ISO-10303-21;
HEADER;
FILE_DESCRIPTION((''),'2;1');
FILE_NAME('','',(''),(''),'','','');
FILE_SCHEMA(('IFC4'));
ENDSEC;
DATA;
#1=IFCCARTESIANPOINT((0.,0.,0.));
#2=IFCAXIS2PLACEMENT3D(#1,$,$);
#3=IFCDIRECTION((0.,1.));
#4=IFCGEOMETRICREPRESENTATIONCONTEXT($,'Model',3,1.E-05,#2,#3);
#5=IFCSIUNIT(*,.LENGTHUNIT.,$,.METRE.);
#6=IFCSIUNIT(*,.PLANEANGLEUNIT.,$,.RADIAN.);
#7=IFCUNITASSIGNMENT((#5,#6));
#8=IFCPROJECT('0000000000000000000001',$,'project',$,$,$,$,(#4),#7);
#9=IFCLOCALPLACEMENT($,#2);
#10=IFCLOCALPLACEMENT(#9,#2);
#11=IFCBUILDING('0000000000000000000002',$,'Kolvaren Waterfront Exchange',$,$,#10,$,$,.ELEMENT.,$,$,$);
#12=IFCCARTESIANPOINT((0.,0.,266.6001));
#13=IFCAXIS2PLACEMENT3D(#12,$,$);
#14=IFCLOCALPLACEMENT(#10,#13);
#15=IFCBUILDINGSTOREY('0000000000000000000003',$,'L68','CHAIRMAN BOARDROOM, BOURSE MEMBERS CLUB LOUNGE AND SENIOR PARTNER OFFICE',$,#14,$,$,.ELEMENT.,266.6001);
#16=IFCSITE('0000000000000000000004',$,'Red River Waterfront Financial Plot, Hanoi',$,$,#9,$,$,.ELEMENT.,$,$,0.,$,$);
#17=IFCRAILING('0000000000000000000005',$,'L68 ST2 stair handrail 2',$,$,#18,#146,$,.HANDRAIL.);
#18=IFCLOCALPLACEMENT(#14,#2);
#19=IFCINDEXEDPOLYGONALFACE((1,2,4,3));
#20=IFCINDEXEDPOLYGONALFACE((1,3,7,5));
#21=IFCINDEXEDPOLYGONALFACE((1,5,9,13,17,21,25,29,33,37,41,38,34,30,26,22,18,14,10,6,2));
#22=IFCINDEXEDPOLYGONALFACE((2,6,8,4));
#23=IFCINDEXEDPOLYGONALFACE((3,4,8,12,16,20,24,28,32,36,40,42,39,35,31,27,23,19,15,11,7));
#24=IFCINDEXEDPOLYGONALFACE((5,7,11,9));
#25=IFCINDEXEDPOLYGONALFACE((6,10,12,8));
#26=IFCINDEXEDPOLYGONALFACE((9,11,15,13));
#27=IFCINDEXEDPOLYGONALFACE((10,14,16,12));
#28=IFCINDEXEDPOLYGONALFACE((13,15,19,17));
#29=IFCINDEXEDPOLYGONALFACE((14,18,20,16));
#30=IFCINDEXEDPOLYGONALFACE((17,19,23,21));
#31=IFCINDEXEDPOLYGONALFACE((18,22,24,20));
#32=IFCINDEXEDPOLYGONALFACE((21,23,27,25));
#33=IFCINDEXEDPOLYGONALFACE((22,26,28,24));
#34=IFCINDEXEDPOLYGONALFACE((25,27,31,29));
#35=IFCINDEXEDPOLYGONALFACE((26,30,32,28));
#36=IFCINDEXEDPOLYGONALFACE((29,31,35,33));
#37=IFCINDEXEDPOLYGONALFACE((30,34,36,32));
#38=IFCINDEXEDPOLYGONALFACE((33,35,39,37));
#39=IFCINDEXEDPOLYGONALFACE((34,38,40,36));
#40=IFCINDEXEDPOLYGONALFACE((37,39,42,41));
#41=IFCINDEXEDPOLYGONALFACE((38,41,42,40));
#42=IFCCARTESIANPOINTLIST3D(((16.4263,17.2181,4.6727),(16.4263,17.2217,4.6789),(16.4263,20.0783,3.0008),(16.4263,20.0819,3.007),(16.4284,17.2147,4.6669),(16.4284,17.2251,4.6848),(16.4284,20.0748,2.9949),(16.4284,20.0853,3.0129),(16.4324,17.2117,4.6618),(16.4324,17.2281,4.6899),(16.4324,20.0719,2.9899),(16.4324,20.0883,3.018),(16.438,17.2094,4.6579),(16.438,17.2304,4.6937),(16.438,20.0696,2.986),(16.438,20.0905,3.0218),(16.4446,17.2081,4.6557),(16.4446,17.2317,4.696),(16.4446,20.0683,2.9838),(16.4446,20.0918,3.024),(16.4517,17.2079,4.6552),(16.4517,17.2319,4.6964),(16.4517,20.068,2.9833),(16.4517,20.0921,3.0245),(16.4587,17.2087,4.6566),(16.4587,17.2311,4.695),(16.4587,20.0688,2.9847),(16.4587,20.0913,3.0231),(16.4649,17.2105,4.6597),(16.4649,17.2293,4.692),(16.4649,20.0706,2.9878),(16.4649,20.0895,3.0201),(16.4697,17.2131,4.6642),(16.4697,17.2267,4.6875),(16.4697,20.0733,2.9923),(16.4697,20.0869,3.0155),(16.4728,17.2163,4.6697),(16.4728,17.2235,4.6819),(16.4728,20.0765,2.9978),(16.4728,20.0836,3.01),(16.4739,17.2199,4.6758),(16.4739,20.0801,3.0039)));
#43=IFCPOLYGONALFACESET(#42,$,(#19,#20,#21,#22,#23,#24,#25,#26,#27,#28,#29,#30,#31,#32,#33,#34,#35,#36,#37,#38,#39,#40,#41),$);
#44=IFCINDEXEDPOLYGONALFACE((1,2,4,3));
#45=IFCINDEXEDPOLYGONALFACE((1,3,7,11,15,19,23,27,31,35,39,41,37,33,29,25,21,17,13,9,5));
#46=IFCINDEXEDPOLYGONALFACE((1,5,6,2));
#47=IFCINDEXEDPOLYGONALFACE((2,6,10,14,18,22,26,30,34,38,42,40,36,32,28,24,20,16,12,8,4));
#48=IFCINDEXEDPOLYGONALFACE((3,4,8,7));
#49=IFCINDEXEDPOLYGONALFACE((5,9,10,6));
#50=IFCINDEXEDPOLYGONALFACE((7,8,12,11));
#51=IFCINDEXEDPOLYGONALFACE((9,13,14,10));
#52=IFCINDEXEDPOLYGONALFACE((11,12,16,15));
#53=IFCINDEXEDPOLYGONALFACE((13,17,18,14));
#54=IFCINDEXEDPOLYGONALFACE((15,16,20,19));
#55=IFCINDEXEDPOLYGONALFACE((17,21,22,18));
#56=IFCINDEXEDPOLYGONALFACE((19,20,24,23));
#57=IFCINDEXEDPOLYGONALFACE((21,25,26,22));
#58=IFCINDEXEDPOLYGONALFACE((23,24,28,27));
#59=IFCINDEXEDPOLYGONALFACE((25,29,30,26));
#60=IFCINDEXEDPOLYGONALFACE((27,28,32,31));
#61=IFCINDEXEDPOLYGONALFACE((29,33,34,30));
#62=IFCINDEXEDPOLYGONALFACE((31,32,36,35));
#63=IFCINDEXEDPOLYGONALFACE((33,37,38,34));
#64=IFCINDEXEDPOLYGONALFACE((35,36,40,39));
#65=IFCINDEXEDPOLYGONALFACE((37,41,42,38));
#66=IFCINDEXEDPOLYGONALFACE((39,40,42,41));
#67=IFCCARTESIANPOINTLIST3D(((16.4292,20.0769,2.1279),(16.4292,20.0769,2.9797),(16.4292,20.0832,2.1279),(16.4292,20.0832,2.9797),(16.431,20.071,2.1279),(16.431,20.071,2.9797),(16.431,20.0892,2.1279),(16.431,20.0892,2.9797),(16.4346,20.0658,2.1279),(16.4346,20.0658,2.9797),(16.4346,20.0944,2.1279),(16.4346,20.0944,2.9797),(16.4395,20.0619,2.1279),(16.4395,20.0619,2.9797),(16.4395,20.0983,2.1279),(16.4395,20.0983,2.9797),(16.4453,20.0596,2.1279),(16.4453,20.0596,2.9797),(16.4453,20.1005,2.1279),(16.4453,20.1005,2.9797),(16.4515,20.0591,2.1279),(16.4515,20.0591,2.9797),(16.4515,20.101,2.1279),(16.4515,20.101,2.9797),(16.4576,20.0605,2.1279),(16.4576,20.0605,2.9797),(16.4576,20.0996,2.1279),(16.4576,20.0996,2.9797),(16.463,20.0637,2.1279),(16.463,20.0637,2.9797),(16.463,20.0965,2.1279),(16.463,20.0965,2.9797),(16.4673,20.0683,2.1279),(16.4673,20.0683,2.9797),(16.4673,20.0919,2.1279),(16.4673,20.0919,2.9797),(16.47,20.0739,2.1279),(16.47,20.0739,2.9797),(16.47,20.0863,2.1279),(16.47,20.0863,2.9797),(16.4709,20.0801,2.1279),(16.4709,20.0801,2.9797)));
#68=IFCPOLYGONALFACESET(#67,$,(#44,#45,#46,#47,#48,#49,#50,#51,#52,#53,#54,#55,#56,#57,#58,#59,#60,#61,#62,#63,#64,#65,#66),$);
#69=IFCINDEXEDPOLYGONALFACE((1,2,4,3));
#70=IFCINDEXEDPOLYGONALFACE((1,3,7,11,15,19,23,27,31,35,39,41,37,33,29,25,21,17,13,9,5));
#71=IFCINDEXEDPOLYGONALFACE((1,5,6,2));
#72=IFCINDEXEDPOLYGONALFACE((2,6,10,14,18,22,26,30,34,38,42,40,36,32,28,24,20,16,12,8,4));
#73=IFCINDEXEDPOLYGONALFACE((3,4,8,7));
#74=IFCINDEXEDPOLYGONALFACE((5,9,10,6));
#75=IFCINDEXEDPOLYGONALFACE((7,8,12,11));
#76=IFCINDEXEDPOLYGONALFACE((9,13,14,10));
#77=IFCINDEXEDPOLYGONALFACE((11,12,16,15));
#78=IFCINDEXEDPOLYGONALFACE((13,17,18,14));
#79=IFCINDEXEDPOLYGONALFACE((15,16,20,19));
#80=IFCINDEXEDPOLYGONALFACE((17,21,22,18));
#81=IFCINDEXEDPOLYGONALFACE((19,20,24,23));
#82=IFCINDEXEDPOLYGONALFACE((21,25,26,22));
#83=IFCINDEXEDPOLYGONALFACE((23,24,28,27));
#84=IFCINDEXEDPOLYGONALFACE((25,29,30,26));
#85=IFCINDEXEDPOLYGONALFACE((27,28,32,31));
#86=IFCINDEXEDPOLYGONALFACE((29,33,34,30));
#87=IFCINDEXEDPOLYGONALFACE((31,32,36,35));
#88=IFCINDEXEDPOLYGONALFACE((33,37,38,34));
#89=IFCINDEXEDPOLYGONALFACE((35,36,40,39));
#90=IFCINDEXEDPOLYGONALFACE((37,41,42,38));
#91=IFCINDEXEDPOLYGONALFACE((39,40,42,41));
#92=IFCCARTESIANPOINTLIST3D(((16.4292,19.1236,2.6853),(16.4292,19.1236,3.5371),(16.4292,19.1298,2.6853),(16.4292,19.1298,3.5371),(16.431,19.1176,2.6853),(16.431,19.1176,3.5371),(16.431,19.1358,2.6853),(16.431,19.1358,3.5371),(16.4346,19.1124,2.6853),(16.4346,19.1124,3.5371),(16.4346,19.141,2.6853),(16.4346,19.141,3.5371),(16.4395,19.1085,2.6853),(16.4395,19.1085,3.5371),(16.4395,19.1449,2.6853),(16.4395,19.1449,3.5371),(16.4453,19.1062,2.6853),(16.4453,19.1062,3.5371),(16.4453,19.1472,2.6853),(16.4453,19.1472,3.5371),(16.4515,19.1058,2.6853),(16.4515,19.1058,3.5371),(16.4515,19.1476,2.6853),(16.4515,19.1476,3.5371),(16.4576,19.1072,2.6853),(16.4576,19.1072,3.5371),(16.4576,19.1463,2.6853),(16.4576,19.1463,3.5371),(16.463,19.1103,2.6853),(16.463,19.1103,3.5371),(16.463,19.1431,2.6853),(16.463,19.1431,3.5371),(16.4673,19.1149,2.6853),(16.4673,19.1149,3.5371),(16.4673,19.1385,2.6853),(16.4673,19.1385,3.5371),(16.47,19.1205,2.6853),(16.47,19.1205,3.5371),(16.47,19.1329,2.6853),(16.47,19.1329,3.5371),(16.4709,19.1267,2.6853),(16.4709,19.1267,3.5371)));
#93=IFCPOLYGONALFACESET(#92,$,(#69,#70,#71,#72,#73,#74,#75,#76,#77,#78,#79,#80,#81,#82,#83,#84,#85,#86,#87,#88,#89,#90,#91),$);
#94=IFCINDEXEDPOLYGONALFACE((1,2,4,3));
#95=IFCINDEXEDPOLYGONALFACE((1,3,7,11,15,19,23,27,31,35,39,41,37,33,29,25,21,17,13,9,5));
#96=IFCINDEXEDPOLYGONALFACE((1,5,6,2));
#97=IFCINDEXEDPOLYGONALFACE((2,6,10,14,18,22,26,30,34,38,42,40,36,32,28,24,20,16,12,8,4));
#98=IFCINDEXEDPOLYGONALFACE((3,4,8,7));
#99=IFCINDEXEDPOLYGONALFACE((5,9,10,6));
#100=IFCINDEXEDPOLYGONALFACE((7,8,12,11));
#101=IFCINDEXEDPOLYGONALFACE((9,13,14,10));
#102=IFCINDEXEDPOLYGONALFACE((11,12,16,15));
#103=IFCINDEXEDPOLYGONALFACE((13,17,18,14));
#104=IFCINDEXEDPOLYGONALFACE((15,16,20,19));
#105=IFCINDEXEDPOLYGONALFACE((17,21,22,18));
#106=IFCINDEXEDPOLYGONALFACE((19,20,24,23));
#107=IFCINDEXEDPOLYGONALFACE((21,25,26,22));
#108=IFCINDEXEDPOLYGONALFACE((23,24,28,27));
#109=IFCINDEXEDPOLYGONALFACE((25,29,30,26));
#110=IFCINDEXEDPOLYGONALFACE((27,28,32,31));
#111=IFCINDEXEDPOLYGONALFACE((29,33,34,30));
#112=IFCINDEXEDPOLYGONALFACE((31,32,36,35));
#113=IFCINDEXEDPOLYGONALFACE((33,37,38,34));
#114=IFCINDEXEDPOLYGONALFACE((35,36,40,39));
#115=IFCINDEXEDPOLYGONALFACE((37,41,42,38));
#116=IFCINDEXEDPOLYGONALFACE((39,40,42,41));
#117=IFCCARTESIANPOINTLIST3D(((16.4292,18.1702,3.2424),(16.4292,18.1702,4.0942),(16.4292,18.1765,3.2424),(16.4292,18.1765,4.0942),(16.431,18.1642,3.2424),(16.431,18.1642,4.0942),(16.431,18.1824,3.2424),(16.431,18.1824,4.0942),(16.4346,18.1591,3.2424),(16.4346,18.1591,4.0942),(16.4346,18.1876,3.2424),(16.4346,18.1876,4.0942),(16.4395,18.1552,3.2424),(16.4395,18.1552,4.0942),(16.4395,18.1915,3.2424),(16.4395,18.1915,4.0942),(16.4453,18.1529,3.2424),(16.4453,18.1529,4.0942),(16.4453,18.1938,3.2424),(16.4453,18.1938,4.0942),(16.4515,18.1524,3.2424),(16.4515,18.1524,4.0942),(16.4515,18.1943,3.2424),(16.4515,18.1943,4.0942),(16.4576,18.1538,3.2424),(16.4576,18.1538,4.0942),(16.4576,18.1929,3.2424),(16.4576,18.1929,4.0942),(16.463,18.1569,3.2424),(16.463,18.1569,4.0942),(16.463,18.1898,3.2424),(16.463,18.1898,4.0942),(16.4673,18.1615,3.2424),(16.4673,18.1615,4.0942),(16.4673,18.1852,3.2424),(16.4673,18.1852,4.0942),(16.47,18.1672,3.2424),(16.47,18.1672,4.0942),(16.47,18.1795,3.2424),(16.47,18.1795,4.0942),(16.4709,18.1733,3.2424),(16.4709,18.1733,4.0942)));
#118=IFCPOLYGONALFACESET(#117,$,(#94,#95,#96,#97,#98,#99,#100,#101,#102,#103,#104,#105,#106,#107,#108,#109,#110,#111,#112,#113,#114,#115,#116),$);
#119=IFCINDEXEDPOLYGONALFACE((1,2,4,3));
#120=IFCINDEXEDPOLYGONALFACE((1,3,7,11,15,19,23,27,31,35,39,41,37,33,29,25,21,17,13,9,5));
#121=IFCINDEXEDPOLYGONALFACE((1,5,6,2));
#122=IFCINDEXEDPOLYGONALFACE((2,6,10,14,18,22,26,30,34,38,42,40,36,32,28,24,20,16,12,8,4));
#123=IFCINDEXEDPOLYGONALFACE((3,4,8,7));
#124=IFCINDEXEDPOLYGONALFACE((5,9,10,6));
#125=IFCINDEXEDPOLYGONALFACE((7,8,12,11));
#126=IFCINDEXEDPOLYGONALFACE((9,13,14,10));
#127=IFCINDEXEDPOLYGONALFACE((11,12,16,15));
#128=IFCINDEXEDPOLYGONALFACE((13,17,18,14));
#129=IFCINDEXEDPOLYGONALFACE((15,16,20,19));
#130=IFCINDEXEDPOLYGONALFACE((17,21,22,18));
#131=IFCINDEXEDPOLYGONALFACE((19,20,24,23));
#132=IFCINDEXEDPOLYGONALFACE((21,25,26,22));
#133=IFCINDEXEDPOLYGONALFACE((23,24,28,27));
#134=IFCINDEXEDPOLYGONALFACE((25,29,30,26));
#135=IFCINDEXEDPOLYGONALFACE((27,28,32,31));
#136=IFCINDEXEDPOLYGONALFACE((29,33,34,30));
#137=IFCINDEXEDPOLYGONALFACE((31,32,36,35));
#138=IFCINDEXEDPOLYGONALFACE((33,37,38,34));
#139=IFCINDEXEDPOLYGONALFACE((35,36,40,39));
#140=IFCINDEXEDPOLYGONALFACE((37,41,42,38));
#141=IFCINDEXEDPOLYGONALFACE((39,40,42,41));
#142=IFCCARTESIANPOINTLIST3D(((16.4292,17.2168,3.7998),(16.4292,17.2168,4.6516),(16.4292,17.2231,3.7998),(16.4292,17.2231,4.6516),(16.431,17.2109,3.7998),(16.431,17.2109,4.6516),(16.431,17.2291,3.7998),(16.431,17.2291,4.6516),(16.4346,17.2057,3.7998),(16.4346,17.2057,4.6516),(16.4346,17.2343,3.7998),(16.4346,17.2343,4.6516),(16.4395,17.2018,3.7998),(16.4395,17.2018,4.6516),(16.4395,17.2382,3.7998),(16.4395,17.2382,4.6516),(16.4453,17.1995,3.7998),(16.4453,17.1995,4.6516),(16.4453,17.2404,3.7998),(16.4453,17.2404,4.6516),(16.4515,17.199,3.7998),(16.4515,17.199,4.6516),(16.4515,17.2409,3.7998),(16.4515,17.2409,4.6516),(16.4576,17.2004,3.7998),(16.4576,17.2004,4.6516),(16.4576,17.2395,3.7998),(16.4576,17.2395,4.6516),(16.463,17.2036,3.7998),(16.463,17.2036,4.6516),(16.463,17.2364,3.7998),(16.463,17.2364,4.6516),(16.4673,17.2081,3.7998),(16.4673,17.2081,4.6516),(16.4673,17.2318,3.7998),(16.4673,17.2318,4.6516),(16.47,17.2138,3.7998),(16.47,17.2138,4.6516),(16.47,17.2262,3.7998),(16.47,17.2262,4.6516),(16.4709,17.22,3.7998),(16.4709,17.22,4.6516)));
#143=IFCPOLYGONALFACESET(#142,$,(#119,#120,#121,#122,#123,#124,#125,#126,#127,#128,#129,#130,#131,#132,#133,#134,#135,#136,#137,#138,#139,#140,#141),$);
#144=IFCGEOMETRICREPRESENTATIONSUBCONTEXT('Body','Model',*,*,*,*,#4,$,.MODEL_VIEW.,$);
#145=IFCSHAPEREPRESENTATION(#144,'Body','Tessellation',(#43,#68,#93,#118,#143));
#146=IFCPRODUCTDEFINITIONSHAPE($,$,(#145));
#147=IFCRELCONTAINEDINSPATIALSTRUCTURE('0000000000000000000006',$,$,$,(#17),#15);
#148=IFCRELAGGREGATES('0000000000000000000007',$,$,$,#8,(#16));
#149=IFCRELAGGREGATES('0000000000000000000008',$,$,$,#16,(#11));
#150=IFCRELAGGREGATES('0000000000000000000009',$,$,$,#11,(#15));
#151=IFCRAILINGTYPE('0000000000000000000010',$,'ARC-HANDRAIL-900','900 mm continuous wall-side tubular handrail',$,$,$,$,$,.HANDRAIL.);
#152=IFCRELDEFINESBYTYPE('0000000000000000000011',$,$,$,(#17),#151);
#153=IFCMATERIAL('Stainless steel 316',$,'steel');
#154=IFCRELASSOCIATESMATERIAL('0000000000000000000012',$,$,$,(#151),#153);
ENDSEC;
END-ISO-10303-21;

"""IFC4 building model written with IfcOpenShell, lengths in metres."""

from ifc_helpers import new_model, si_unit, direction, frame, origin, origin_2d, place, context, subcontext, project, spatial, circle, extrude, material, type_object, element, save


model = new_model("IFC4")

# Units and contexts
model_context = context("Model", 3, precision=1e-05, world=origin(), true_north=direction((0.0, 1.0)))
body_context = subcontext(model_context, "Body", "Model", "MODEL_VIEW")
ifc_project = project(units=[si_unit("LENGTHUNIT", "METRE"), si_unit("PLANEANGLEUNIT", "RADIAN")], contexts=[model_context])

# Site, building, storey
site_placement = place(None, origin())
site = spatial("IfcSite", under=ifc_project, at=site_placement, Name="Red River Waterfront Financial Plot, Hanoi", CompositionType="ELEMENT", RefElevation=0.0)
building_placement = place(site_placement, origin())
building = spatial("IfcBuilding", under=site, at=building_placement, Name="Kolvaren Waterfront Exchange", CompositionType="ELEMENT")
storey_placement = place(building_placement, frame((0.0, 0.0, 266.6001)))
storey = spatial("IfcBuildingStorey", under=building, at=storey_placement, Name="L68", Description="CHAIRMAN BOARDROOM, BOURSE MEMBERS CLUB LOUNGE AND SENIOR PARTNER OFFICE", CompositionType="ELEMENT", Elevation=266.6001)

# Railing
ifc_material_1 = material(Name="Stainless steel 316", Category="steel")
railing_type_1 = type_object("IfcRailingType", Name="ARC-HANDRAIL-900", Description="900 mm continuous wall-side tubular handrail", PredefinedType="HANDRAIL", material=ifc_material_1)
railing_1_placement = place(storey_placement, frame((16.45, 20.0801, 2.1279)))
element("IfcRailing", 1, at=railing_1_placement, inside=storey, type_object=railing_type_1, Name="L68 ST2 stair handrail 2", PredefinedType="HANDRAIL", context=body_context, shape_type="SweptSolid", body=[
    extrude(circle(Radius=0.0239, at=origin_2d()), frame((0.0, 0.0, 0.876), z_axis=(0.0, -0.863321, 0.504654), x_axis=(1.0, 0.0, 0.0)), (0.0, 0.0, 1.0), 3.313),
    extrude(circle(Radius=0.021, at=origin_2d()), origin(), (0.0, 0.0, 1.0), 0.8518),
    extrude(circle(Radius=0.021, at=origin_2d()), frame((0.0, -0.9534, 0.5574)), (0.0, 0.0, 1.0), 0.8518),
    extrude(circle(Radius=0.021, at=origin_2d()), frame((0.0, -1.9067, 1.1145)), (0.0, 0.0, 1.0), 0.8518),
    extrude(circle(Radius=0.021, at=origin_2d()), frame((0.0, -2.8601, 1.6719)), (0.0, 0.0, 1.0), 0.8518),
])

save(model, "model.ifc")
